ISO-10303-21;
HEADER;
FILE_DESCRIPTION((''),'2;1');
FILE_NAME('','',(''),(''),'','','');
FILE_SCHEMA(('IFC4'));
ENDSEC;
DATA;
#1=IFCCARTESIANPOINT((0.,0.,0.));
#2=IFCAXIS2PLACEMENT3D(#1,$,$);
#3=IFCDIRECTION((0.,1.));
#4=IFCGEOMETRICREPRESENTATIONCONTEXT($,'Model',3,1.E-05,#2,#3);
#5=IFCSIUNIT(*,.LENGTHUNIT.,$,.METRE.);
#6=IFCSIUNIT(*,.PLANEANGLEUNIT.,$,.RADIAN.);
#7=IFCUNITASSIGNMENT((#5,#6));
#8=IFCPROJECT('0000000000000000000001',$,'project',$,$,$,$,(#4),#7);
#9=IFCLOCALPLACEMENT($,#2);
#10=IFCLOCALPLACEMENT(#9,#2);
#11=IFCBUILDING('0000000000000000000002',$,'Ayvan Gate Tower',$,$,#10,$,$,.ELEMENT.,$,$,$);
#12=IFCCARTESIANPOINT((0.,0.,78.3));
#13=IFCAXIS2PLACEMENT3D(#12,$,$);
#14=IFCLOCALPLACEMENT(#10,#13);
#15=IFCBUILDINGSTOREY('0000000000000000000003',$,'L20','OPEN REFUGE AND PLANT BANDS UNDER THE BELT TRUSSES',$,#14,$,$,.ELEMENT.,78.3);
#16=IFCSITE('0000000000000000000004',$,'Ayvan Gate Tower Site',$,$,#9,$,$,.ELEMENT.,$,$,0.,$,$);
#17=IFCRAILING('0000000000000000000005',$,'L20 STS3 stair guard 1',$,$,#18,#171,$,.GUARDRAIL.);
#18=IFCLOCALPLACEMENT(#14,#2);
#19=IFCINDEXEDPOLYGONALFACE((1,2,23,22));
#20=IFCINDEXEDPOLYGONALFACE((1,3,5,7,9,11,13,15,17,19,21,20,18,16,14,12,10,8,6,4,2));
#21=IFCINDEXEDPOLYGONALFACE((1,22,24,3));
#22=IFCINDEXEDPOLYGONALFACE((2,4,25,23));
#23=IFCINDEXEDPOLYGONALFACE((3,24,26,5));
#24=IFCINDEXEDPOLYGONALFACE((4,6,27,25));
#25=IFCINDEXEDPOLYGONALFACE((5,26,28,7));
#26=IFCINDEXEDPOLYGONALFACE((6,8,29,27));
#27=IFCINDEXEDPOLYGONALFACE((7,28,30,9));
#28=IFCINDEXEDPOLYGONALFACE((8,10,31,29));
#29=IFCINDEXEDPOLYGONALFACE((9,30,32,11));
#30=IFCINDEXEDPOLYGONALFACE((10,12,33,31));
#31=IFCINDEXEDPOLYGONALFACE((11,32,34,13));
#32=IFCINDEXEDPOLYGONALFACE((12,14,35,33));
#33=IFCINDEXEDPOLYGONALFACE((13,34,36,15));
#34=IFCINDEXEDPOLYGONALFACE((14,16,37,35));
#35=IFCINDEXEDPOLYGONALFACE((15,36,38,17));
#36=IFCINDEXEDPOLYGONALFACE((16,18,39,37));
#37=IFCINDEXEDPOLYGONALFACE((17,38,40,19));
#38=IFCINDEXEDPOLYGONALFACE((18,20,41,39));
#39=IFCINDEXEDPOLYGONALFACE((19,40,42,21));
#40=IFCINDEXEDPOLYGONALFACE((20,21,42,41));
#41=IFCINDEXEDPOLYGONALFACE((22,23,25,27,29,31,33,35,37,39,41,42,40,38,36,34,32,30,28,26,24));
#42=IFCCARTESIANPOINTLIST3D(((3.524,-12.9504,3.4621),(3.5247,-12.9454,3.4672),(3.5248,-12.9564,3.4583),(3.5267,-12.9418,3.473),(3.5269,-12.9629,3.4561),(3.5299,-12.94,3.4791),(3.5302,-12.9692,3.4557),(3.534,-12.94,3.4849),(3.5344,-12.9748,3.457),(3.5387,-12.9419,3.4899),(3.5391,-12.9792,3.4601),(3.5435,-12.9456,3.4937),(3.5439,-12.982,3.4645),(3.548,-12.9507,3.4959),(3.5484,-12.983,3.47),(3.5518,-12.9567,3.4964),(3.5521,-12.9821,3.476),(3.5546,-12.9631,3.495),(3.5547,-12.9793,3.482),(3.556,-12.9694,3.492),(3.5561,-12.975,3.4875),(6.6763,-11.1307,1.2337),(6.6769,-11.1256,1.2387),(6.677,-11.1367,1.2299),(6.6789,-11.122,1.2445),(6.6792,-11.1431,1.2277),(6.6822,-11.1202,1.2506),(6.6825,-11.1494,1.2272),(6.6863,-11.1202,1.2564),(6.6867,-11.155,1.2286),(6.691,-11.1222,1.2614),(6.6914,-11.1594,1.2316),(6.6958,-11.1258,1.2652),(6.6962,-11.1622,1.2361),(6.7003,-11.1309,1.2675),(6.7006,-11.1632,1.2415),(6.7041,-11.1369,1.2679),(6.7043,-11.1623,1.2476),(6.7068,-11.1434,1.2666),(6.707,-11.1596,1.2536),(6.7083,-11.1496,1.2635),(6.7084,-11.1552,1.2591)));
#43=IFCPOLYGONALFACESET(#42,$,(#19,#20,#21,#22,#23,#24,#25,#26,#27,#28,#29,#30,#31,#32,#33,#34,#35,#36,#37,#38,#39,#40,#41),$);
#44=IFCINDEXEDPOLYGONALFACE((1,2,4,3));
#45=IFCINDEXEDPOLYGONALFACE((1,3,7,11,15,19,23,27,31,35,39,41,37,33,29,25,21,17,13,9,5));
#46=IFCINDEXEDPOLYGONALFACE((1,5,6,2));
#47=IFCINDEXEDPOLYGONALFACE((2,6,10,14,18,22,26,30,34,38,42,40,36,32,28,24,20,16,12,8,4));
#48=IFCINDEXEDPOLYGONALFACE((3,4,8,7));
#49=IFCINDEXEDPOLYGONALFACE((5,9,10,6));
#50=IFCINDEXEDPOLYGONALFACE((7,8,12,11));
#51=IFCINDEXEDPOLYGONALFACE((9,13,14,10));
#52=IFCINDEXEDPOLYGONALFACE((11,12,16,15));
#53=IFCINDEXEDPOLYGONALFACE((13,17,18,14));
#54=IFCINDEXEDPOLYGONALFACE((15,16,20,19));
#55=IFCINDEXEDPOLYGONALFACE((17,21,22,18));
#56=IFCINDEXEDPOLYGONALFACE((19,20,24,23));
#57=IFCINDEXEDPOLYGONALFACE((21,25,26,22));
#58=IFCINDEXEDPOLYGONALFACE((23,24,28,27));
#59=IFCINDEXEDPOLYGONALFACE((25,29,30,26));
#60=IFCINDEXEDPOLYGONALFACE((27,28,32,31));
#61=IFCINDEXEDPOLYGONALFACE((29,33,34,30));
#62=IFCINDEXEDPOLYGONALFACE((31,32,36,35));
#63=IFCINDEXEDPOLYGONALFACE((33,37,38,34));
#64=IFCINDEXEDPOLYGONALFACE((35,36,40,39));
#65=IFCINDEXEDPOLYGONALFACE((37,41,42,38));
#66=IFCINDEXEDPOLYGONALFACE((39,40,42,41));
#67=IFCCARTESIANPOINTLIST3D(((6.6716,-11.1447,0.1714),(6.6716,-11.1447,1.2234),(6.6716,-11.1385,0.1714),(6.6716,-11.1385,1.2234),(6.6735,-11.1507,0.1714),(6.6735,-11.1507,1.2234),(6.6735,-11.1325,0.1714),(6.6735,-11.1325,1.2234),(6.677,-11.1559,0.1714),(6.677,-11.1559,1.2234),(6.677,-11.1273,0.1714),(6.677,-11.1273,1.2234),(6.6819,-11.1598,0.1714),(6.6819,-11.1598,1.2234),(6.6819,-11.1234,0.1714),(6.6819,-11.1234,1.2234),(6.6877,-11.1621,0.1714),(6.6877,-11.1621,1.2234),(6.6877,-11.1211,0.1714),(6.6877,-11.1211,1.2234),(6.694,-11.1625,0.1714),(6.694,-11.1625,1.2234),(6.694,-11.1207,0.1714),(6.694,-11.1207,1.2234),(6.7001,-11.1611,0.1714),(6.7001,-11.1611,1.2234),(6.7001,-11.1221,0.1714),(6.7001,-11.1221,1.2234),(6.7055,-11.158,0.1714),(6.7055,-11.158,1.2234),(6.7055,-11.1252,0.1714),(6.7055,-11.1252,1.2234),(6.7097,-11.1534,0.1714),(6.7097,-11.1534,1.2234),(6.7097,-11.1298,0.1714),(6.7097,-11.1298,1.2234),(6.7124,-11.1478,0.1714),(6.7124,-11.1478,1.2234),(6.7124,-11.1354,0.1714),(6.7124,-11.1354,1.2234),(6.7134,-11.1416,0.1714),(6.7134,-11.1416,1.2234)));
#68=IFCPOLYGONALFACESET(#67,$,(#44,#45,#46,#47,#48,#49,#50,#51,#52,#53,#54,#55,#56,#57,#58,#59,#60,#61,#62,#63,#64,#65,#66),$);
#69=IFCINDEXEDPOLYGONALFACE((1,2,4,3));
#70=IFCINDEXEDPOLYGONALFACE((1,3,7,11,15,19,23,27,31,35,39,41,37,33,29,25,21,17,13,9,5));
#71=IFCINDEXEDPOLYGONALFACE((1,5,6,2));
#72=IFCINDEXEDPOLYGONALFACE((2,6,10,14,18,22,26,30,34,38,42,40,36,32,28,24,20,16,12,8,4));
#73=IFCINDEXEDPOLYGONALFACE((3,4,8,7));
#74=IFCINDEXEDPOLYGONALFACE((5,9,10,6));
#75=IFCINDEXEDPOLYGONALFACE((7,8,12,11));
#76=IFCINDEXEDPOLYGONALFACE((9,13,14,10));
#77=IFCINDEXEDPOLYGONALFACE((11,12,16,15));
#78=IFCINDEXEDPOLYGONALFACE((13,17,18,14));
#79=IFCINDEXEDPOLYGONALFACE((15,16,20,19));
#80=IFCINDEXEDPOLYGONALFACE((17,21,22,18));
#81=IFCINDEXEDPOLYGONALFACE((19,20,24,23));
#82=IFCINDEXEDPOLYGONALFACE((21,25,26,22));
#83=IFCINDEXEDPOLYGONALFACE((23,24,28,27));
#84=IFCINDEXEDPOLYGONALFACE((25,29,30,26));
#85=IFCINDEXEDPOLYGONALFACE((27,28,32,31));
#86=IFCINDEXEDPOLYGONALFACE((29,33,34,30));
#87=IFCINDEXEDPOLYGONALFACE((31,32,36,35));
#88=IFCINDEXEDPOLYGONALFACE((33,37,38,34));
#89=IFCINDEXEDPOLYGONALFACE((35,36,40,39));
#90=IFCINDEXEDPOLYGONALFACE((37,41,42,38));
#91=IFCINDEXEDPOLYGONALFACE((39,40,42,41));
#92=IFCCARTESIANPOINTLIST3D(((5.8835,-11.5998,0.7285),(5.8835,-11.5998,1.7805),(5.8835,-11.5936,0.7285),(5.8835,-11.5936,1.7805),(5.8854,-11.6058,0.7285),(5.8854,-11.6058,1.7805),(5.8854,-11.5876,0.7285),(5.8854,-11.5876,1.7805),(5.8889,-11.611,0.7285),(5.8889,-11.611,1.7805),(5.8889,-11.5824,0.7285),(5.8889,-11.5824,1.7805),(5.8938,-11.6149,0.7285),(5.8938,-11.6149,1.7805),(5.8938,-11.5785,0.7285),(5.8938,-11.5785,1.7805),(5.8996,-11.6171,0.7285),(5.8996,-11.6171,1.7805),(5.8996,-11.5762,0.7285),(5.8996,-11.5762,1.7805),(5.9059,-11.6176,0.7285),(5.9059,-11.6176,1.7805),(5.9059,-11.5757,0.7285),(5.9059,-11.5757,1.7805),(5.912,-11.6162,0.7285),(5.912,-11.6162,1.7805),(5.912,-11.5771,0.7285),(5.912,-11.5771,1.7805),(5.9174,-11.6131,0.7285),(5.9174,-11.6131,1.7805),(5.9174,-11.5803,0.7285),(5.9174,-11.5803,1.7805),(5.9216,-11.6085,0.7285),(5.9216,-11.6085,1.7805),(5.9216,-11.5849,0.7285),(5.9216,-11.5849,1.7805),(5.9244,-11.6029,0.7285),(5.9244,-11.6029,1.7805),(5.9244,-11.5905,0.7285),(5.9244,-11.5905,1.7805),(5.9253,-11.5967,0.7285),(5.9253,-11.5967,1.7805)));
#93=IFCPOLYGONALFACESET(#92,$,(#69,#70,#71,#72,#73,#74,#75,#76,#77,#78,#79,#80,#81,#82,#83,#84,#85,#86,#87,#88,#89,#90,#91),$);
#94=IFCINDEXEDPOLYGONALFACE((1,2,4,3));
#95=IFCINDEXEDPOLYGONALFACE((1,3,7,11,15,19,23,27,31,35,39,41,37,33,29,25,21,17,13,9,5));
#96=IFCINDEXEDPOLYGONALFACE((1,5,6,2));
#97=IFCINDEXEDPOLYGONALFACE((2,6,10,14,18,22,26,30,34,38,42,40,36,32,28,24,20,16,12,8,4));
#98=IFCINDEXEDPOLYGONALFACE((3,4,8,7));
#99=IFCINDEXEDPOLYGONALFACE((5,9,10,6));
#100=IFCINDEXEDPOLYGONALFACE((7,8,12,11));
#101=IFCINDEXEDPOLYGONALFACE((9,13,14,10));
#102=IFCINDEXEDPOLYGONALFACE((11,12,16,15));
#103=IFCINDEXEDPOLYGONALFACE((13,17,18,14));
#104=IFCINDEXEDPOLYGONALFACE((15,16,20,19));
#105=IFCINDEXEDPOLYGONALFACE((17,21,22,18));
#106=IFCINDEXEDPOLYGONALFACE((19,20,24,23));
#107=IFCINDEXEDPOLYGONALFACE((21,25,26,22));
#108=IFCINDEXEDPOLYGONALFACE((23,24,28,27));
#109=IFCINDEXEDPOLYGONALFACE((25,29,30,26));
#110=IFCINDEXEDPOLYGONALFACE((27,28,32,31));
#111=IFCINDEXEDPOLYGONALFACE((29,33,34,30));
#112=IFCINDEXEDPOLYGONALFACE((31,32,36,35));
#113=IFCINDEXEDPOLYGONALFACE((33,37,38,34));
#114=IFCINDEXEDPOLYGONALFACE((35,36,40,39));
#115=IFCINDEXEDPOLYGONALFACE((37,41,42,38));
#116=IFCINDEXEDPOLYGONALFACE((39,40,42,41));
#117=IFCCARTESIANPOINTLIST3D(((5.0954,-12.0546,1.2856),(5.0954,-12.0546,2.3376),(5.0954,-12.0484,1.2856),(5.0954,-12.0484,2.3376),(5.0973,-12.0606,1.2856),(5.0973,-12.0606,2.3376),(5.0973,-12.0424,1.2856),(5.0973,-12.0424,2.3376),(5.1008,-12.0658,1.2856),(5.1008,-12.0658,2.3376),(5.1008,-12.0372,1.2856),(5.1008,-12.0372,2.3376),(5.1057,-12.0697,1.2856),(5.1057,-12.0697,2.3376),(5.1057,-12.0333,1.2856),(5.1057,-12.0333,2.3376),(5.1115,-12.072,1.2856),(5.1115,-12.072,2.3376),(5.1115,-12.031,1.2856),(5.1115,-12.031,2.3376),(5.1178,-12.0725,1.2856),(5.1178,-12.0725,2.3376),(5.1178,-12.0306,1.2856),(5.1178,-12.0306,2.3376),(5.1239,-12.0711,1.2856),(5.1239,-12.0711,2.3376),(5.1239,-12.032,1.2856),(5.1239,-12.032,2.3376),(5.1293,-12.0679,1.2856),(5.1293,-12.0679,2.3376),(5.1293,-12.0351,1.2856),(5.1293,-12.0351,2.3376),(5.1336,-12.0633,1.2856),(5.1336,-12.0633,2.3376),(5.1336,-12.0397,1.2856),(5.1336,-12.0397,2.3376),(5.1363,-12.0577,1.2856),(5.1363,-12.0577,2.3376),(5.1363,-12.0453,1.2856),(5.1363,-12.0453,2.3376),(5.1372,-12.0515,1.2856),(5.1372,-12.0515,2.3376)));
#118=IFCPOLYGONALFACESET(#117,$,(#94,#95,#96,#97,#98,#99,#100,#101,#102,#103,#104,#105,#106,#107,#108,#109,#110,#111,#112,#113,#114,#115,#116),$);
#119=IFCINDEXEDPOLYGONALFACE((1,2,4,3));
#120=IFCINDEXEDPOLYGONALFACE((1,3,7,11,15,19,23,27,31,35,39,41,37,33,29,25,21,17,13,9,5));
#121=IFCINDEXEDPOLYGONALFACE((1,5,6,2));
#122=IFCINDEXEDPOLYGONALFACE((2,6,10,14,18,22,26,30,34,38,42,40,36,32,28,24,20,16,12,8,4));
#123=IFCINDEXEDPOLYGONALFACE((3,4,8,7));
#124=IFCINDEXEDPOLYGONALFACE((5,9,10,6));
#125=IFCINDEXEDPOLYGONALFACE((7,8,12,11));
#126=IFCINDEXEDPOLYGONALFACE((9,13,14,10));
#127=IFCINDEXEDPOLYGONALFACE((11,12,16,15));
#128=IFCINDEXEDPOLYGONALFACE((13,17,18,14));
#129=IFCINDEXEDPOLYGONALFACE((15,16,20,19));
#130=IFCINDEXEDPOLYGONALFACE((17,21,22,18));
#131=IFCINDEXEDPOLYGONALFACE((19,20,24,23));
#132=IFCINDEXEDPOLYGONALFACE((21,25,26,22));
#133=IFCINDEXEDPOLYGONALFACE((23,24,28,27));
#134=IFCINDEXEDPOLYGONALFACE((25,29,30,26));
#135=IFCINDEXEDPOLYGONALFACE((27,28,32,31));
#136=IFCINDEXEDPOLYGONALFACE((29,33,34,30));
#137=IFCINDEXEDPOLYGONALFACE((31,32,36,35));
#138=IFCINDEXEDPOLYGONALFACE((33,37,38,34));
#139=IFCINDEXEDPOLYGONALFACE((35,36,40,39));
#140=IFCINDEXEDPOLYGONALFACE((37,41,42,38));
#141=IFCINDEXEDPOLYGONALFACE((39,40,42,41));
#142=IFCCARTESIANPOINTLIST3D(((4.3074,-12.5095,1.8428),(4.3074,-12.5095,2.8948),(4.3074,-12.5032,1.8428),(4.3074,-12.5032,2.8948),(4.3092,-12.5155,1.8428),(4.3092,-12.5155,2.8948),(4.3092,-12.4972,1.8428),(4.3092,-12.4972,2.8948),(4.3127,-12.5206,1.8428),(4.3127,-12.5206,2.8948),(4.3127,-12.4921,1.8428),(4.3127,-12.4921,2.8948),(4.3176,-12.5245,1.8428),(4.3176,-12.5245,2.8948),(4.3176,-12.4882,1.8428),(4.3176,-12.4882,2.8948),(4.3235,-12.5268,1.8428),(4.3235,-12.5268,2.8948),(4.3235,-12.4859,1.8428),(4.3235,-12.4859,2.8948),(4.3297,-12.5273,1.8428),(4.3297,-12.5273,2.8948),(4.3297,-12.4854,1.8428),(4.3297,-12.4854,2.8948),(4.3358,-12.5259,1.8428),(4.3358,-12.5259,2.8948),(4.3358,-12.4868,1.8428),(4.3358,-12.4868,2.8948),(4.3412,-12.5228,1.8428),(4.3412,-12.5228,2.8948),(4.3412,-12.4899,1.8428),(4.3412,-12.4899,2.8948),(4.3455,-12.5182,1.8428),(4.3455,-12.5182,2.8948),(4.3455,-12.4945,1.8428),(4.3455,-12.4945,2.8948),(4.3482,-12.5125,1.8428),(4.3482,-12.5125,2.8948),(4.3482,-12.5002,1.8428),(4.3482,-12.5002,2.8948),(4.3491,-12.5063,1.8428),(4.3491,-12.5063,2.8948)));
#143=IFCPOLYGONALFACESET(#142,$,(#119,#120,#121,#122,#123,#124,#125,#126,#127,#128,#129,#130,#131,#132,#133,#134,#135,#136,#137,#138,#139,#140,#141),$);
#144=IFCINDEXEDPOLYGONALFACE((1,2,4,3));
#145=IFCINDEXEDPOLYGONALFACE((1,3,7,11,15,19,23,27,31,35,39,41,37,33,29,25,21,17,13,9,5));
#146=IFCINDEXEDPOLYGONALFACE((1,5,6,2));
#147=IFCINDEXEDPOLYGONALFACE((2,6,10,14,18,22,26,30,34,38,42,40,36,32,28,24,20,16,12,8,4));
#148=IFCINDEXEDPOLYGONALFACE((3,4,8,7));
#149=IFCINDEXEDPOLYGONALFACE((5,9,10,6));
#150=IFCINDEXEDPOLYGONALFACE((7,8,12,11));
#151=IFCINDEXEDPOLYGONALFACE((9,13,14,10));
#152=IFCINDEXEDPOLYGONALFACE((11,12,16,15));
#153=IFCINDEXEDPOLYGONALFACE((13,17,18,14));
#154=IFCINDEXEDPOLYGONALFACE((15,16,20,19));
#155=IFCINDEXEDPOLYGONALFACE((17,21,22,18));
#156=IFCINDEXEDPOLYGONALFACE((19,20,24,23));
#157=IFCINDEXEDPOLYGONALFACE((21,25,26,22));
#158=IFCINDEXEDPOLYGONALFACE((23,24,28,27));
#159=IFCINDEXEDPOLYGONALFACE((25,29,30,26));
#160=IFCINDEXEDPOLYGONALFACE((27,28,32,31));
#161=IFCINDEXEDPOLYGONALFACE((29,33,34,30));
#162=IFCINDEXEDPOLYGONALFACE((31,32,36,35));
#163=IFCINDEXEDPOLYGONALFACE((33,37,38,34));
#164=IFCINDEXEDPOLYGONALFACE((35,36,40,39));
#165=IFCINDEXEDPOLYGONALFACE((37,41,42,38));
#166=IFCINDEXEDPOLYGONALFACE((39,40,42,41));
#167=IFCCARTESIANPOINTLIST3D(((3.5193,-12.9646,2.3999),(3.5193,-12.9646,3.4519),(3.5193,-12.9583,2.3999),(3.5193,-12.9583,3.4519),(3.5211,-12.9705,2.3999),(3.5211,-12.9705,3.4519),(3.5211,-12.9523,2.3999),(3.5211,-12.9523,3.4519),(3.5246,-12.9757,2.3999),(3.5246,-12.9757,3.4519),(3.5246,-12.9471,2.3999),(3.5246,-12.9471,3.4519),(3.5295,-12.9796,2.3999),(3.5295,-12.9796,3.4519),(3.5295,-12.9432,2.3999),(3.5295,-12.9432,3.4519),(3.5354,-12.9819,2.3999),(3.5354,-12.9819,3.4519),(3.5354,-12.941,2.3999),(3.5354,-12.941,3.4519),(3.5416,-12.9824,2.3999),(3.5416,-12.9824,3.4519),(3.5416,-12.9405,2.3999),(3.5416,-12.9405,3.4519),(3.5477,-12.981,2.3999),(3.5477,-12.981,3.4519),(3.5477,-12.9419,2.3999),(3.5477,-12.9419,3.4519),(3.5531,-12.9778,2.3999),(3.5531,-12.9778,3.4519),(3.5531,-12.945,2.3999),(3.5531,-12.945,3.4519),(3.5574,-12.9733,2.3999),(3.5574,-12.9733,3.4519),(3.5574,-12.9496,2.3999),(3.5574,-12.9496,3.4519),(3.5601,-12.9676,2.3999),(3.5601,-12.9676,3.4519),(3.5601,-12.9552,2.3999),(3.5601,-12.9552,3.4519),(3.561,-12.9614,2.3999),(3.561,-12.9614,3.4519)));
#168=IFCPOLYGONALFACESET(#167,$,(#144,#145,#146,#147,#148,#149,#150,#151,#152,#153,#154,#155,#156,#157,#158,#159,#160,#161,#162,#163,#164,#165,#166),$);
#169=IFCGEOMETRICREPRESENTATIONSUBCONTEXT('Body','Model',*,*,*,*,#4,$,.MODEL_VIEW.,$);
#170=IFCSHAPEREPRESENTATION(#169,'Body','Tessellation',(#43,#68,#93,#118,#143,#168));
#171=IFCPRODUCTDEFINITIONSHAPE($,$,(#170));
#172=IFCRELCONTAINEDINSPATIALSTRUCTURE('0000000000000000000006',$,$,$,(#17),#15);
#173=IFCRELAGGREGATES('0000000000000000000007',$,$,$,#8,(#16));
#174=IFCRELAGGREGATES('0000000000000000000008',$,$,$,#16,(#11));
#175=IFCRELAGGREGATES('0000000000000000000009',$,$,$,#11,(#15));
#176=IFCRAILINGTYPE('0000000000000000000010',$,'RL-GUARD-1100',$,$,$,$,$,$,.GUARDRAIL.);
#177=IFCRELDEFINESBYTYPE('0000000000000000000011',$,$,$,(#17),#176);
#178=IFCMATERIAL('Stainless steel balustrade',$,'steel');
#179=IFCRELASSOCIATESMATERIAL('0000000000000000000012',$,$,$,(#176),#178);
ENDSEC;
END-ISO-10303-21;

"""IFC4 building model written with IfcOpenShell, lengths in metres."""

from ifc_helpers import new_model, si_unit, direction, frame, origin, origin_2d, place, context, subcontext, project, spatial, circle, extrude, material, type_object, element, save


model = new_model("IFC4")

# Units and contexts
model_context = context("Model", 3, precision=1e-05, world=origin(), true_north=direction((0.0, 1.0)))
body_context = subcontext(model_context, "Body", "Model", "MODEL_VIEW")
ifc_project = project(units=[si_unit("LENGTHUNIT", "METRE"), si_unit("PLANEANGLEUNIT", "RADIAN")], contexts=[model_context])

# Site, building, storey
site_placement = place(None, origin())
site = spatial("IfcSite", under=ifc_project, at=site_placement, Name="Ayvan Gate Tower Site", CompositionType="ELEMENT", RefElevation=0.0)
building_placement = place(site_placement, origin())
building = spatial("IfcBuilding", under=site, at=building_placement, Name="Ayvan Gate Tower", CompositionType="ELEMENT")
storey_placement = place(building_placement, frame((0.0, 0.0, 78.3)))
storey = spatial("IfcBuildingStorey", under=building, at=storey_placement, Name="L20", Description="OPEN REFUGE AND PLANT BANDS UNDER THE BELT TRUSSES", CompositionType="ELEMENT", Elevation=78.3)

# Railing
ifc_material_1 = material(Name="Stainless steel balustrade", Category="steel")
railing_type_1 = type_object("IfcRailingType", Name="RL-GUARD-1100", PredefinedType="GUARDRAIL", material=ifc_material_1)
railing_1_placement = place(storey_placement, frame((6.6924, -11.1416, 0.1714)))
element("IfcRailing", 1, at=railing_1_placement, inside=storey, type_object=railing_type_1, Name="L20 STS3 stair guard 1", PredefinedType="GUARDRAIL", context=body_context, shape_type="SweptSolid", body=[
    extrude(circle(Radius=0.0239, at=origin_2d()), frame((0.0, 0.0, 1.0762), z_axis=(-0.73861, -0.426394, 0.522153), x_axis=(0.499962, -0.866047, 0.0)), (0.0, 0.0, 1.0), 4.2678),
    extrude(circle(Radius=0.021, at=origin_2d()), origin(), (0.0, 0.0, 1.0), 1.052),
    extrude(circle(Radius=0.021, at=origin_2d()), frame((-0.7881, -0.4551, 0.5571)), (0.0, 0.0, 1.0), 1.052),
    extrude(circle(Radius=0.021, at=origin_2d()), frame((-1.5762, -0.9099, 1.1143)), (0.0, 0.0, 1.0), 1.052),
    extrude(circle(Radius=0.021, at=origin_2d()), frame((-2.3643, -1.3647, 1.6714)), (0.0, 0.0, 1.0), 1.052),
    extrude(circle(Radius=0.021, at=origin_2d()), frame((-3.1523, -1.8198, 2.2285)), (0.0, 0.0, 1.0), 1.052),
])

save(model, "model.ifc")
